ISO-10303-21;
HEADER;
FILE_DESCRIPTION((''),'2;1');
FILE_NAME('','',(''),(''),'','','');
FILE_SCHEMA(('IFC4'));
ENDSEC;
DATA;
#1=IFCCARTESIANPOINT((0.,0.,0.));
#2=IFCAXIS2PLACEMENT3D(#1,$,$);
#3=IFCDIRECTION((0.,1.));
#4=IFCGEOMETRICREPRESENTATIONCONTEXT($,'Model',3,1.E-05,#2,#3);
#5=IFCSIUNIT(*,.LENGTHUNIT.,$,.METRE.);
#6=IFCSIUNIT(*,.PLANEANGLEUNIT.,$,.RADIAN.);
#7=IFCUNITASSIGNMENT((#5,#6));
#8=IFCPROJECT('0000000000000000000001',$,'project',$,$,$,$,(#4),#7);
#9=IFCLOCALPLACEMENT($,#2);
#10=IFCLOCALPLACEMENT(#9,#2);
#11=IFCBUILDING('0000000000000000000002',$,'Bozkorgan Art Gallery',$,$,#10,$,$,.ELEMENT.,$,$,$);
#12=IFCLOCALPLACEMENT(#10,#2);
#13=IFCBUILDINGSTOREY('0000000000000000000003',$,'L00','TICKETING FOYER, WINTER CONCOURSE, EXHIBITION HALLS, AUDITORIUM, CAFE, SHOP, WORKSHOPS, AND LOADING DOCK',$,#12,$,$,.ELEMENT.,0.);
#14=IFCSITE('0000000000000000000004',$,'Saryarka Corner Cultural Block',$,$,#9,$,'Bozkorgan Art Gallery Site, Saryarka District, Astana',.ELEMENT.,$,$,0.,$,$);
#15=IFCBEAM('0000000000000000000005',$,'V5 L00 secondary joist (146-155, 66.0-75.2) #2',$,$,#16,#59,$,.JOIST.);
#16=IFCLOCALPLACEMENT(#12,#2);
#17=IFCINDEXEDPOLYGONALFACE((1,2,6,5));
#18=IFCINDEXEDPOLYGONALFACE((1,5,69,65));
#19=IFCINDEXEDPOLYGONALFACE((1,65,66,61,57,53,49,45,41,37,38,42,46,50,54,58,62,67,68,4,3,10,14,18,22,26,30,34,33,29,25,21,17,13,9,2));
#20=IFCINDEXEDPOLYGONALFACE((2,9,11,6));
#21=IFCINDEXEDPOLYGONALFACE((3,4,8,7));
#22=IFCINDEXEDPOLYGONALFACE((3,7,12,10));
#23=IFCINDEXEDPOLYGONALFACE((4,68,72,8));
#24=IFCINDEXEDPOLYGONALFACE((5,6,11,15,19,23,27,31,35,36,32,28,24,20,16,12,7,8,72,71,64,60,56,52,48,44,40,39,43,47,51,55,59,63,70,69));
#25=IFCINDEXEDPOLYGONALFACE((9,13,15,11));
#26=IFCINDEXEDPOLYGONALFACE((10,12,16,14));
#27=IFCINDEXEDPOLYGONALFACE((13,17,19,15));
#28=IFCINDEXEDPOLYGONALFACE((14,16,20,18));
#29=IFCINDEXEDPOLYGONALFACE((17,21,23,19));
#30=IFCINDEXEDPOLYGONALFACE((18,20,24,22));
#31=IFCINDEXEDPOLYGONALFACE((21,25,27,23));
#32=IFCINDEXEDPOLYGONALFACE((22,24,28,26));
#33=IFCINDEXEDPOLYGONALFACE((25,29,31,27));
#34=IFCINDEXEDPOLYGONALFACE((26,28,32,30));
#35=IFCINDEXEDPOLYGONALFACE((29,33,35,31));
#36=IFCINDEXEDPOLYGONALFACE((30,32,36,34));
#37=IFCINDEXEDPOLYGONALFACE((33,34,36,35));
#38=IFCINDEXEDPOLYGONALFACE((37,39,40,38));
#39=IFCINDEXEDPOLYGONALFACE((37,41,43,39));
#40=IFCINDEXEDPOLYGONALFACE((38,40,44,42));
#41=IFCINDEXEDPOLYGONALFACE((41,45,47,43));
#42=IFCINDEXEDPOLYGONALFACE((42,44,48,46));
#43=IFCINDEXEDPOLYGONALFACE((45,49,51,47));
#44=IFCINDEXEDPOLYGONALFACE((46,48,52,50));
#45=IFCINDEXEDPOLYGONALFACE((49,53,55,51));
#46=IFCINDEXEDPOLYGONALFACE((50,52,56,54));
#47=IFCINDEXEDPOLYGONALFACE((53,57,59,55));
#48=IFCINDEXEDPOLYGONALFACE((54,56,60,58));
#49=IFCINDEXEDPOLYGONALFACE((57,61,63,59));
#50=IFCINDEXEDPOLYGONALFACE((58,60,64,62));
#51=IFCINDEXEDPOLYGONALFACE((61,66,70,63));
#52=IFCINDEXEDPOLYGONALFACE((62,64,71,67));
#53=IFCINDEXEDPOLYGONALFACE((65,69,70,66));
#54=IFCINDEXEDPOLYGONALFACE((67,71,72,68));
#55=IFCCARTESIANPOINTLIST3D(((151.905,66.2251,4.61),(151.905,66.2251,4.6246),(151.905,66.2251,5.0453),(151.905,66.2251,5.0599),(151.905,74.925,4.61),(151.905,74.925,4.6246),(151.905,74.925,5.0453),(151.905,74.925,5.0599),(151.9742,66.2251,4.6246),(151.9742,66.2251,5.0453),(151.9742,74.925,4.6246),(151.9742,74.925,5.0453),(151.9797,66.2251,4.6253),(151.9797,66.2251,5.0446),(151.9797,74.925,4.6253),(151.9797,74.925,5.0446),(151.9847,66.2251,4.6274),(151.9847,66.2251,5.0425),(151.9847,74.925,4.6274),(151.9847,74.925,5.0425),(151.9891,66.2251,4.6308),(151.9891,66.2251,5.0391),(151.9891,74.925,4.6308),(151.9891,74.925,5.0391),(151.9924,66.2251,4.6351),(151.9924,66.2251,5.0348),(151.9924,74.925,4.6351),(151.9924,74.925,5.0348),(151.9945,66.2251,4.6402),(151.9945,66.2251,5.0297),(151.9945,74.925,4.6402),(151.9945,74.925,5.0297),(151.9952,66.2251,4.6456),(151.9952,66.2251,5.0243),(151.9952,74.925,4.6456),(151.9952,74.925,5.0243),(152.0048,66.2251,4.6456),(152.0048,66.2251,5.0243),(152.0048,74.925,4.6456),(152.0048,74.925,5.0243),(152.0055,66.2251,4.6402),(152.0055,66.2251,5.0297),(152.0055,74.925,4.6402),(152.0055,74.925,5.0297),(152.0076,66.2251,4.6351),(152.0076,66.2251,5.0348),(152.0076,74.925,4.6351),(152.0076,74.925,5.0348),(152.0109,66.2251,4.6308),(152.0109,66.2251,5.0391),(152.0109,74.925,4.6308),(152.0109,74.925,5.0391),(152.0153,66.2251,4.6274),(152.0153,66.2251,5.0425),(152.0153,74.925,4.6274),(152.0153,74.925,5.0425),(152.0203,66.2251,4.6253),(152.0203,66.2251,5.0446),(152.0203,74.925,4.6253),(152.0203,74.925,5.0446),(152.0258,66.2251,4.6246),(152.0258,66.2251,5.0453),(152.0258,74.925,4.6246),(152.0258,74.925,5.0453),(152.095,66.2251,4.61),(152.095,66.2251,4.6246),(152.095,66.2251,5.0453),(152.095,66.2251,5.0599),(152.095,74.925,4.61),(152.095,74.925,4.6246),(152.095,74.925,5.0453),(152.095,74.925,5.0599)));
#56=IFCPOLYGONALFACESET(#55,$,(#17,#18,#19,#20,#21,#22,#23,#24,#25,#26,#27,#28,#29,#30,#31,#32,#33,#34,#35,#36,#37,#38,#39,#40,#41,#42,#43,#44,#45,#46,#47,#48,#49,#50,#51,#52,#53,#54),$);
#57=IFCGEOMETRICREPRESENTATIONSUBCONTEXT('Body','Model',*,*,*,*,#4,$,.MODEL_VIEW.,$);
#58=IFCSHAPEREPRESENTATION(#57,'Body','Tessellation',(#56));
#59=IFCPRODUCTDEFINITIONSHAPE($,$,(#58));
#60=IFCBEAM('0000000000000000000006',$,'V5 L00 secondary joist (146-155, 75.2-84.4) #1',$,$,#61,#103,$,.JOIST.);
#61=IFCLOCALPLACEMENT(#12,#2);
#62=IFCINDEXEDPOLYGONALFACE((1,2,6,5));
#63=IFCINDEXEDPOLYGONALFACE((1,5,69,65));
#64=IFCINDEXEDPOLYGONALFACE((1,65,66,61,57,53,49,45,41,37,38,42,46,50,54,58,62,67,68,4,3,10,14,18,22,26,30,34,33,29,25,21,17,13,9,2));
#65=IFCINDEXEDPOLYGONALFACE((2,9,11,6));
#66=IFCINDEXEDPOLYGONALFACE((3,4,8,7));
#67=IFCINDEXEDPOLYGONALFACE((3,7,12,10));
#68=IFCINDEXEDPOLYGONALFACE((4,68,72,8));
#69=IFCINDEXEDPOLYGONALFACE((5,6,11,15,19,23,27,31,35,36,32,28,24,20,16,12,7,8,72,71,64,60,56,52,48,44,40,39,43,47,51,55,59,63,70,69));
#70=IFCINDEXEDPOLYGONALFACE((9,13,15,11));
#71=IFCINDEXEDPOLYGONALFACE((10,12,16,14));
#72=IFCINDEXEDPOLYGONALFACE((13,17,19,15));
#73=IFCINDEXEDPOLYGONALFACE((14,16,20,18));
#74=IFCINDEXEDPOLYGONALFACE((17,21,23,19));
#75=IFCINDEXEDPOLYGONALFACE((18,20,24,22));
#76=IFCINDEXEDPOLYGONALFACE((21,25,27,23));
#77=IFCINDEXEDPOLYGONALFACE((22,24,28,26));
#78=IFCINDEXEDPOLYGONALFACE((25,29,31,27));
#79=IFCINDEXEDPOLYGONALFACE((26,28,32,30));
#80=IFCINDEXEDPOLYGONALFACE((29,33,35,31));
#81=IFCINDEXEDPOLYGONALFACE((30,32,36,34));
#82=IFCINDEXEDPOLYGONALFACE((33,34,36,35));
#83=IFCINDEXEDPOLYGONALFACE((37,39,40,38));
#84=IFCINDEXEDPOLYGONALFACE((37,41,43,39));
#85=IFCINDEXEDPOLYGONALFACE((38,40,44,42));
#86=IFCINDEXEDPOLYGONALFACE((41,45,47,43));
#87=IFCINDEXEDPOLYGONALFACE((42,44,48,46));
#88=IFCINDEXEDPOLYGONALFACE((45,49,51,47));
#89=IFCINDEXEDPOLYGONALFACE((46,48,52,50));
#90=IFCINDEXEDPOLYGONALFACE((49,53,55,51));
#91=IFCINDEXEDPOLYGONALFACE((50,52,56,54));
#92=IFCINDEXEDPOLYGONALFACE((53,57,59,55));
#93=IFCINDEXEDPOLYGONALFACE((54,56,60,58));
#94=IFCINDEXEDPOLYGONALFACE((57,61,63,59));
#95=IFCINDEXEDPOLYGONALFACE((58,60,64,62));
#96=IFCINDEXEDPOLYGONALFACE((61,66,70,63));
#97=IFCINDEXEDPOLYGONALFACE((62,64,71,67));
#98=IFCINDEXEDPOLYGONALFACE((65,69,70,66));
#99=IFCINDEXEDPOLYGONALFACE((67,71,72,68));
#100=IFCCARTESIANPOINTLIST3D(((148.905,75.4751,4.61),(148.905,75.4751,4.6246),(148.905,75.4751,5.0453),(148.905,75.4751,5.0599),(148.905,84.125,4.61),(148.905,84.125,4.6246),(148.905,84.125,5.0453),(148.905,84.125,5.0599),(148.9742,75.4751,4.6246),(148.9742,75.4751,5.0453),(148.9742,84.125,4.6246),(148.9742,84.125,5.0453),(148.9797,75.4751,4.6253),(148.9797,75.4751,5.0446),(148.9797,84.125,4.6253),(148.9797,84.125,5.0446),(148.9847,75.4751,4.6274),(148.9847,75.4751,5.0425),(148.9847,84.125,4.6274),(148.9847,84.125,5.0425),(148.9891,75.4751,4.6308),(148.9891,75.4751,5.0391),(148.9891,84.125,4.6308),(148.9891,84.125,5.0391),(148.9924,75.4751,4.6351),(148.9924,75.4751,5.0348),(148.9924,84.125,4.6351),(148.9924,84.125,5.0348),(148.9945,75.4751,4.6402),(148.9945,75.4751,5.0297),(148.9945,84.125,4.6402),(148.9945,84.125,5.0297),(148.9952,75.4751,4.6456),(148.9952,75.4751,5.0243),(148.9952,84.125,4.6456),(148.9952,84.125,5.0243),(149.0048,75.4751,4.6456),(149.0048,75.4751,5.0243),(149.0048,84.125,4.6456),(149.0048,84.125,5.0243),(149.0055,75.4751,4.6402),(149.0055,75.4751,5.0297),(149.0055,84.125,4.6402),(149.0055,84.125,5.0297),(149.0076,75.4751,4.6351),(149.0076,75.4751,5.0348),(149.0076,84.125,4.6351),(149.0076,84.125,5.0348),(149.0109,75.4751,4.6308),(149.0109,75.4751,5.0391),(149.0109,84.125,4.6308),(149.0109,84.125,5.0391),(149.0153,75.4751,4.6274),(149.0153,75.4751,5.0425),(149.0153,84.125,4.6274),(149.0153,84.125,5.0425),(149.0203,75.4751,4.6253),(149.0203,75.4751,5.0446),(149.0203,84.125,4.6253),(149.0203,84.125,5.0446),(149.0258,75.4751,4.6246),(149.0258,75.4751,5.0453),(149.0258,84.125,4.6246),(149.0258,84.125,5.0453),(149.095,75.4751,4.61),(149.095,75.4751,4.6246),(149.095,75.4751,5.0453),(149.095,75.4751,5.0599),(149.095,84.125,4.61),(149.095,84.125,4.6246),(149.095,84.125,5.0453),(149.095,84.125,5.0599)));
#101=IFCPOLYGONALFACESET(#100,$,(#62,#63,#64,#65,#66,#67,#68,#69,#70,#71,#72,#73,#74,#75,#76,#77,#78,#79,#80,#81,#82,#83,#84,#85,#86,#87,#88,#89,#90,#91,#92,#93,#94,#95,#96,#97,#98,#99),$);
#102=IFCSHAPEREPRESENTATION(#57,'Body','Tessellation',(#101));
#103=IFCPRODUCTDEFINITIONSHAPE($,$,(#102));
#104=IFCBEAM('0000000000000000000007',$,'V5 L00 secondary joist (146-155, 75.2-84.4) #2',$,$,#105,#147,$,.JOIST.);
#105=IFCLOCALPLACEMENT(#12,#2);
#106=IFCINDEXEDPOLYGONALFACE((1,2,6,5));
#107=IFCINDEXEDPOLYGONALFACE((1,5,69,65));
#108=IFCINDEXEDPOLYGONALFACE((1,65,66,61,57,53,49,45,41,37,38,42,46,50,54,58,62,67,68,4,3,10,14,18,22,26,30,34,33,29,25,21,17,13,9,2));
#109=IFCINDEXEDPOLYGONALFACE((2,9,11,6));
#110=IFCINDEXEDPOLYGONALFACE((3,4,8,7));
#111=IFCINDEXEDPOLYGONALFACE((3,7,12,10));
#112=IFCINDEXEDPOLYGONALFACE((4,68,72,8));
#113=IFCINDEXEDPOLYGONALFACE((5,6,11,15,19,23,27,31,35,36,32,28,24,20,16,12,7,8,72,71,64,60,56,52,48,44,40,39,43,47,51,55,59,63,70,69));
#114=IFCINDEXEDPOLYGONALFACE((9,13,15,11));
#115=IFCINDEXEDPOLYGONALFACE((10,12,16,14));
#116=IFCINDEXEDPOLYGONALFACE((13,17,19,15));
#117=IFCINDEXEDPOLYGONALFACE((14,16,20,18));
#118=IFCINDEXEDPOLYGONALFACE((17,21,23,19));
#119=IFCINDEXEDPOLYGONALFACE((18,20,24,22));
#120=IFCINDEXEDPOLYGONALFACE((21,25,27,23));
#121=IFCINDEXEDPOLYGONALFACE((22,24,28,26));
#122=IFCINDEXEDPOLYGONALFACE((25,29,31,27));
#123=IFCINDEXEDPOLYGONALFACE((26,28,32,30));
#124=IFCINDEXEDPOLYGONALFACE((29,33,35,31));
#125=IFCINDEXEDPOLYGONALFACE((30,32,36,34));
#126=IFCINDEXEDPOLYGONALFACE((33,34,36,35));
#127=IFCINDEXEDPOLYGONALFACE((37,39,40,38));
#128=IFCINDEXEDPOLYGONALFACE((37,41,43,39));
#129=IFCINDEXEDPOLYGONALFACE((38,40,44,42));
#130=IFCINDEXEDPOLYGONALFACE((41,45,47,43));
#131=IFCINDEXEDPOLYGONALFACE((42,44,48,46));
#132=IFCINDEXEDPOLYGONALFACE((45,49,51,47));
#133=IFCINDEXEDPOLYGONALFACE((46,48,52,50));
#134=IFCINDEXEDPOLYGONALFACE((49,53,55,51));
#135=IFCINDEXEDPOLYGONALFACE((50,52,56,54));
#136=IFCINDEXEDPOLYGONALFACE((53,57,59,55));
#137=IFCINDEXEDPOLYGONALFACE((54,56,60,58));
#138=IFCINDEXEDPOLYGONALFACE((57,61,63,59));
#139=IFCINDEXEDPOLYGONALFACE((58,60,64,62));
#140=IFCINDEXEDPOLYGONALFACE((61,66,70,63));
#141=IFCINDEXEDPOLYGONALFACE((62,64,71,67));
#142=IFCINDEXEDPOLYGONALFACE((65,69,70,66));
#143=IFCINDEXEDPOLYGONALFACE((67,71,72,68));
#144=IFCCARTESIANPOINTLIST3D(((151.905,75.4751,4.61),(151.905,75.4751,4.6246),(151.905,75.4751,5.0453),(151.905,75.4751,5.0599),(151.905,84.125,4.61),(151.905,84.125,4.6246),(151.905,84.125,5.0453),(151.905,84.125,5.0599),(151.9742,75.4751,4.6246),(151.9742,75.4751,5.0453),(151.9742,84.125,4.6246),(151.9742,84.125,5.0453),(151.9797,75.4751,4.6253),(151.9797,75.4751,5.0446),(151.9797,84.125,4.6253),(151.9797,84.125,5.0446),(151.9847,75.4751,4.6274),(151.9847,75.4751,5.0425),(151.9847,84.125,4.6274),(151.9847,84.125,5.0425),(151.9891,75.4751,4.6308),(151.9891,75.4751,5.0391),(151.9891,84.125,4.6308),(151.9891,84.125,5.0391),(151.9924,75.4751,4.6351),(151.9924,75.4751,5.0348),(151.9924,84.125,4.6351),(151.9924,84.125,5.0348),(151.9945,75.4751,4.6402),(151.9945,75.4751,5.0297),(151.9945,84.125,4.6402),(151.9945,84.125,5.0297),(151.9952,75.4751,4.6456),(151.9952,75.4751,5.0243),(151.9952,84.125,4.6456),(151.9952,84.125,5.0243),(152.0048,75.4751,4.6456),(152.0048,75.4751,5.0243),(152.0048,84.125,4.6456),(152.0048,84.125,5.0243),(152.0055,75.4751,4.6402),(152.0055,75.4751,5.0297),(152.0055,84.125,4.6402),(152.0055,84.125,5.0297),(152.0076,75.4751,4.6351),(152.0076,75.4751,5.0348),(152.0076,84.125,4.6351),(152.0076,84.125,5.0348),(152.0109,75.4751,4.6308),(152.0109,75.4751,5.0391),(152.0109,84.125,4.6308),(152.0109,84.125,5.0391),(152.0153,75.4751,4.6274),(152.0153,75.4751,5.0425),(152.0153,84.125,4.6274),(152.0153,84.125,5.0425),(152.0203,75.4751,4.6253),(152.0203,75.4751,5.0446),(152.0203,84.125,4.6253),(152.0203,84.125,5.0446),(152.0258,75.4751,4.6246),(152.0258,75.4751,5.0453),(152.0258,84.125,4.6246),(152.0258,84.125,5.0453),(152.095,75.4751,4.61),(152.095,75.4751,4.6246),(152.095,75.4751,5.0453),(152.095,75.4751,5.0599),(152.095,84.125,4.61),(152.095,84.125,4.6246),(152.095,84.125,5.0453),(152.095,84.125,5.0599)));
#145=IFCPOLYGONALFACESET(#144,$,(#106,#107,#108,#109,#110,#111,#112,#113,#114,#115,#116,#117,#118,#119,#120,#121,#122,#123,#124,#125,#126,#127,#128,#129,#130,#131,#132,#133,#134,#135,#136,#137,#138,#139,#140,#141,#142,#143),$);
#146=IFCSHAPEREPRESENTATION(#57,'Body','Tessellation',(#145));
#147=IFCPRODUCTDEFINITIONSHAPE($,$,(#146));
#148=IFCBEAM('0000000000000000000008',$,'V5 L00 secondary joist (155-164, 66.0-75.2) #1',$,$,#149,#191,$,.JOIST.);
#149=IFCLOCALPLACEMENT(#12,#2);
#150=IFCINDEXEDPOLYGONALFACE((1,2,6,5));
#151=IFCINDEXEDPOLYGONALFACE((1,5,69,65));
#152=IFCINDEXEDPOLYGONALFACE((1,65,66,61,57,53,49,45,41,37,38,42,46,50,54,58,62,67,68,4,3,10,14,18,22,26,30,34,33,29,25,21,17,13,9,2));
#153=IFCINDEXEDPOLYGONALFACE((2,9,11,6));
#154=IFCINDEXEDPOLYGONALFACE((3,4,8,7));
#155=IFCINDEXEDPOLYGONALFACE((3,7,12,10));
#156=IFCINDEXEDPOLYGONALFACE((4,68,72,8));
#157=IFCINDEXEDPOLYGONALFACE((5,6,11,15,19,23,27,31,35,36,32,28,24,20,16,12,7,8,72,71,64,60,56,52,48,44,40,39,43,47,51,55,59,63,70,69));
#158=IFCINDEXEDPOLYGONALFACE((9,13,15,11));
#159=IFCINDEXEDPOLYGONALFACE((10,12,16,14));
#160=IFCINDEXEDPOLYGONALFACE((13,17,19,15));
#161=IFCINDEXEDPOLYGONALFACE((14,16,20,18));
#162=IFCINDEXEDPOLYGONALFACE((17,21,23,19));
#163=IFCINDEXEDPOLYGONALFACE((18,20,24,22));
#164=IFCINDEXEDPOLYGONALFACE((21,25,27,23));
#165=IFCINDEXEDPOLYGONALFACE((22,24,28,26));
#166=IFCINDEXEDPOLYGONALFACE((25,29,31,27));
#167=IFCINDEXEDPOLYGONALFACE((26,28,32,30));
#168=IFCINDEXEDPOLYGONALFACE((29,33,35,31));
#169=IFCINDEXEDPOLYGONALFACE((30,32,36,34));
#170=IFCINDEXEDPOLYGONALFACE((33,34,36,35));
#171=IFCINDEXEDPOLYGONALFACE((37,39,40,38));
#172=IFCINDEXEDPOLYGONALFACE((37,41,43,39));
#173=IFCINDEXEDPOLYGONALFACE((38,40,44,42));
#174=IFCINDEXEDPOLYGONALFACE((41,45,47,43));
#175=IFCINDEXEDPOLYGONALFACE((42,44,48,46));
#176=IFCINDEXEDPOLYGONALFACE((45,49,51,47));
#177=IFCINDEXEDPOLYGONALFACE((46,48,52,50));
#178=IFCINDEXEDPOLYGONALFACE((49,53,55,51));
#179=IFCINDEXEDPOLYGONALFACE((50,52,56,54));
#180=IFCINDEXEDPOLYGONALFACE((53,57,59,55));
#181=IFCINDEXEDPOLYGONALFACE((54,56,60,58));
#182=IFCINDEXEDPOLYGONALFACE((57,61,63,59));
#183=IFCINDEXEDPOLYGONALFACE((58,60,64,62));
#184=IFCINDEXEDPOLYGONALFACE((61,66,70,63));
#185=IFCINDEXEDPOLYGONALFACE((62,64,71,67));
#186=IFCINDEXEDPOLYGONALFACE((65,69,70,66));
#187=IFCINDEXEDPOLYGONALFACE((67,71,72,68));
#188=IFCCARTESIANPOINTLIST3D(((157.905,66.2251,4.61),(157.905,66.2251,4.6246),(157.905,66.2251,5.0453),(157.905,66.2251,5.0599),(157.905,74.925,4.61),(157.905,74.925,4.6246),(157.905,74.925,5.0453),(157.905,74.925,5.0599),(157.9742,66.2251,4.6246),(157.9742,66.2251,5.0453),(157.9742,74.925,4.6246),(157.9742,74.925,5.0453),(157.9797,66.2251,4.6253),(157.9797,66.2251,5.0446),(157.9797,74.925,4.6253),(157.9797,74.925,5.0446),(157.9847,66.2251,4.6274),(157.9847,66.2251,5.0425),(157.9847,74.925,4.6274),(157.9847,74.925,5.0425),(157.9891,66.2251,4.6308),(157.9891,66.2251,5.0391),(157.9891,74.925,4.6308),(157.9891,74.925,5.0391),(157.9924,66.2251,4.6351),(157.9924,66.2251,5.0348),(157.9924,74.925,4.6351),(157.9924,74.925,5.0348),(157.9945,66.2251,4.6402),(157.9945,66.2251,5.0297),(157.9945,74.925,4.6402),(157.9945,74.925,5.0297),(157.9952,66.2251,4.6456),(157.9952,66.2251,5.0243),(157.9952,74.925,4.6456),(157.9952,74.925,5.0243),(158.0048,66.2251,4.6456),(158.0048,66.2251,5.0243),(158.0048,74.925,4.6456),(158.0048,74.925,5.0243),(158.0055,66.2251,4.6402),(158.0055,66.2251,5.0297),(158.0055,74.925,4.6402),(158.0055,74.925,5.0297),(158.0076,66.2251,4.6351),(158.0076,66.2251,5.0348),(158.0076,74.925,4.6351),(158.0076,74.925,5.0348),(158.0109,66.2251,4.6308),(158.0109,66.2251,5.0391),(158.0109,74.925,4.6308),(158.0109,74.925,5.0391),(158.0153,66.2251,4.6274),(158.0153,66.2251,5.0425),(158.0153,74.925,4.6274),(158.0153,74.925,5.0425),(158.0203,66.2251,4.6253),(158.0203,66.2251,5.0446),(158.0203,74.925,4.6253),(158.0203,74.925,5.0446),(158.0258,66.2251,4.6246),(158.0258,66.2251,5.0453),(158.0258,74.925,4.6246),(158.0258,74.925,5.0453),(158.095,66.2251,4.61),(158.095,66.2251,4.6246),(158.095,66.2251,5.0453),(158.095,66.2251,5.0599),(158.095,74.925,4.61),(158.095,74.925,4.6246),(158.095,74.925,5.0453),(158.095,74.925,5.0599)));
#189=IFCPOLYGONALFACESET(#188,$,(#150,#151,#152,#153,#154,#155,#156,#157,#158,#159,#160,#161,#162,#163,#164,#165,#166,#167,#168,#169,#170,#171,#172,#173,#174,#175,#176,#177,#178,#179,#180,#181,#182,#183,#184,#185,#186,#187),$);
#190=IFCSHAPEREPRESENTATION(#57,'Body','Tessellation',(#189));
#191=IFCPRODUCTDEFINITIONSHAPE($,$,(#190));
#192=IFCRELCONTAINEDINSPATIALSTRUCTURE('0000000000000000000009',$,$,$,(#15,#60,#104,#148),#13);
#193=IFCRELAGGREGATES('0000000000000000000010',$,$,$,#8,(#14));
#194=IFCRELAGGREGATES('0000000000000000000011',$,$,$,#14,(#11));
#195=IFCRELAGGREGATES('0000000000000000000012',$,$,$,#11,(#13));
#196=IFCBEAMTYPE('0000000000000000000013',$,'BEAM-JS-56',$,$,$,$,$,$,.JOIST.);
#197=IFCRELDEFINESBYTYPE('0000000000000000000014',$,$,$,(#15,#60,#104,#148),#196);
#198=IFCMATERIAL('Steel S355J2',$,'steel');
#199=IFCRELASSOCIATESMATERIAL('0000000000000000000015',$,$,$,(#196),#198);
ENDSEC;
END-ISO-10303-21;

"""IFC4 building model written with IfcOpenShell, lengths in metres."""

from ifc_helpers import new_model, si_unit, direction, frame, origin, origin_2d, place, context, subcontext, project, spatial, i_section, extrude, material, material_profile, profile_set, type_object, element, save


model = new_model("IFC4")

# Units and contexts
model_context = context("Model", 3, precision=1e-05, world=origin(), true_north=direction((0.0, 1.0)))
body_context = subcontext(model_context, "Body", "Model", "MODEL_VIEW")
ifc_project = project(units=[si_unit("LENGTHUNIT", "METRE"), si_unit("PLANEANGLEUNIT", "RADIAN")], contexts=[model_context])

# Site, building, storey
site_placement = place(None, origin())
site = spatial("IfcSite", under=ifc_project, at=site_placement, Name="Saryarka Corner Cultural Block", LongName="Bozkorgan Art Gallery Site, Saryarka District, Astana", CompositionType="ELEMENT", RefElevation=0.0)
building_placement = place(site_placement, origin())
building = spatial("IfcBuilding", under=site, at=building_placement, Name="Bozkorgan Art Gallery", CompositionType="ELEMENT")
storey_placement = place(building_placement, origin())
storey = spatial("IfcBuildingStorey", under=building, at=storey_placement, Name="L00", Description="TICKETING FOYER, WINTER CONCOURSE, EXHIBITION HALLS, AUDITORIUM, CAFE, SHOP, WORKSHOPS, AND LOADING DOCK", CompositionType="ELEMENT", Elevation=0.0)

# Beams
ifc_material_1 = material(Name="Steel S355J2", Category="steel")
ifc_material_profile_1 = material_profile(ifc_material_1, i_section(OverallWidth=0.1899, OverallDepth=0.45, WebThickness=0.0095, FlangeThickness=0.0146, FilletRadius=0.021, at=origin_2d()), Name="IPE 450")
ifc_profile_set_1 = profile_set([ifc_material_profile_1], Name="Steel S355J2")
beam_type_1 = type_object("IfcBeamType", Name="BEAM-JS-56", PredefinedType="JOIST", material=ifc_profile_set_1)
for number, where, z_axis, x_axis, name in (
    (1, (152.0, 66.2251, 4.835), (0.0, 1.0, 0.0), (-1.0, 0.0, 0.0), "V5 L00 secondary joist (146-155, 66.0-75.2) #2"),
):
    element("IfcBeam", number, at=place(storey_placement, frame(where, z_axis=z_axis, x_axis=x_axis)), inside=storey, type_object=beam_type_1, Name=name, PredefinedType="JOIST", context=body_context, shape_type="SweptSolid", body=[
        extrude(i_section(OverallWidth=0.1899, OverallDepth=0.45, WebThickness=0.0095, FlangeThickness=0.0146, FilletRadius=0.021, at=origin_2d()), origin(), (0.0, 0.0, 1.0), 8.7),
    ])
for number, where, z_axis, x_axis, name in (
    (2, (149.0, 75.4751, 4.835), (0.0, 1.0, 0.0), (-1.0, 0.0, 0.0), "V5 L00 secondary joist (146-155, 75.2-84.4) #1"),
    (3, (152.0, 75.4751, 4.835), (0.0, 1.0, 0.0), (-1.0, 0.0, 0.0), "V5 L00 secondary joist (146-155, 75.2-84.4) #2"),
):
    element("IfcBeam", number, at=place(storey_placement, frame(where, z_axis=z_axis, x_axis=x_axis)), inside=storey, type_object=beam_type_1, Name=name, PredefinedType="JOIST", context=body_context, shape_type="SweptSolid", body=[
        extrude(i_section(OverallWidth=0.1899, OverallDepth=0.45, WebThickness=0.0095, FlangeThickness=0.0146, FilletRadius=0.021, at=origin_2d()), origin(), (0.0, 0.0, 1.0), 8.6499),
    ])
for number, where, z_axis, x_axis, name in (
    (4, (158.0, 66.2251, 4.835), (0.0, 1.0, 0.0), (-1.0, 0.0, 0.0), "V5 L00 secondary joist (155-164, 66.0-75.2) #1"),
):
    element("IfcBeam", number, at=place(storey_placement, frame(where, z_axis=z_axis, x_axis=x_axis)), inside=storey, type_object=beam_type_1, Name=name, PredefinedType="JOIST", context=body_context, shape_type="SweptSolid", body=[
        extrude(i_section(OverallWidth=0.1899, OverallDepth=0.45, WebThickness=0.0095, FlangeThickness=0.0146, FilletRadius=0.021, at=origin_2d()), origin(), (0.0, 0.0, 1.0), 8.7),
    ])

save(model, "model.ifc")
